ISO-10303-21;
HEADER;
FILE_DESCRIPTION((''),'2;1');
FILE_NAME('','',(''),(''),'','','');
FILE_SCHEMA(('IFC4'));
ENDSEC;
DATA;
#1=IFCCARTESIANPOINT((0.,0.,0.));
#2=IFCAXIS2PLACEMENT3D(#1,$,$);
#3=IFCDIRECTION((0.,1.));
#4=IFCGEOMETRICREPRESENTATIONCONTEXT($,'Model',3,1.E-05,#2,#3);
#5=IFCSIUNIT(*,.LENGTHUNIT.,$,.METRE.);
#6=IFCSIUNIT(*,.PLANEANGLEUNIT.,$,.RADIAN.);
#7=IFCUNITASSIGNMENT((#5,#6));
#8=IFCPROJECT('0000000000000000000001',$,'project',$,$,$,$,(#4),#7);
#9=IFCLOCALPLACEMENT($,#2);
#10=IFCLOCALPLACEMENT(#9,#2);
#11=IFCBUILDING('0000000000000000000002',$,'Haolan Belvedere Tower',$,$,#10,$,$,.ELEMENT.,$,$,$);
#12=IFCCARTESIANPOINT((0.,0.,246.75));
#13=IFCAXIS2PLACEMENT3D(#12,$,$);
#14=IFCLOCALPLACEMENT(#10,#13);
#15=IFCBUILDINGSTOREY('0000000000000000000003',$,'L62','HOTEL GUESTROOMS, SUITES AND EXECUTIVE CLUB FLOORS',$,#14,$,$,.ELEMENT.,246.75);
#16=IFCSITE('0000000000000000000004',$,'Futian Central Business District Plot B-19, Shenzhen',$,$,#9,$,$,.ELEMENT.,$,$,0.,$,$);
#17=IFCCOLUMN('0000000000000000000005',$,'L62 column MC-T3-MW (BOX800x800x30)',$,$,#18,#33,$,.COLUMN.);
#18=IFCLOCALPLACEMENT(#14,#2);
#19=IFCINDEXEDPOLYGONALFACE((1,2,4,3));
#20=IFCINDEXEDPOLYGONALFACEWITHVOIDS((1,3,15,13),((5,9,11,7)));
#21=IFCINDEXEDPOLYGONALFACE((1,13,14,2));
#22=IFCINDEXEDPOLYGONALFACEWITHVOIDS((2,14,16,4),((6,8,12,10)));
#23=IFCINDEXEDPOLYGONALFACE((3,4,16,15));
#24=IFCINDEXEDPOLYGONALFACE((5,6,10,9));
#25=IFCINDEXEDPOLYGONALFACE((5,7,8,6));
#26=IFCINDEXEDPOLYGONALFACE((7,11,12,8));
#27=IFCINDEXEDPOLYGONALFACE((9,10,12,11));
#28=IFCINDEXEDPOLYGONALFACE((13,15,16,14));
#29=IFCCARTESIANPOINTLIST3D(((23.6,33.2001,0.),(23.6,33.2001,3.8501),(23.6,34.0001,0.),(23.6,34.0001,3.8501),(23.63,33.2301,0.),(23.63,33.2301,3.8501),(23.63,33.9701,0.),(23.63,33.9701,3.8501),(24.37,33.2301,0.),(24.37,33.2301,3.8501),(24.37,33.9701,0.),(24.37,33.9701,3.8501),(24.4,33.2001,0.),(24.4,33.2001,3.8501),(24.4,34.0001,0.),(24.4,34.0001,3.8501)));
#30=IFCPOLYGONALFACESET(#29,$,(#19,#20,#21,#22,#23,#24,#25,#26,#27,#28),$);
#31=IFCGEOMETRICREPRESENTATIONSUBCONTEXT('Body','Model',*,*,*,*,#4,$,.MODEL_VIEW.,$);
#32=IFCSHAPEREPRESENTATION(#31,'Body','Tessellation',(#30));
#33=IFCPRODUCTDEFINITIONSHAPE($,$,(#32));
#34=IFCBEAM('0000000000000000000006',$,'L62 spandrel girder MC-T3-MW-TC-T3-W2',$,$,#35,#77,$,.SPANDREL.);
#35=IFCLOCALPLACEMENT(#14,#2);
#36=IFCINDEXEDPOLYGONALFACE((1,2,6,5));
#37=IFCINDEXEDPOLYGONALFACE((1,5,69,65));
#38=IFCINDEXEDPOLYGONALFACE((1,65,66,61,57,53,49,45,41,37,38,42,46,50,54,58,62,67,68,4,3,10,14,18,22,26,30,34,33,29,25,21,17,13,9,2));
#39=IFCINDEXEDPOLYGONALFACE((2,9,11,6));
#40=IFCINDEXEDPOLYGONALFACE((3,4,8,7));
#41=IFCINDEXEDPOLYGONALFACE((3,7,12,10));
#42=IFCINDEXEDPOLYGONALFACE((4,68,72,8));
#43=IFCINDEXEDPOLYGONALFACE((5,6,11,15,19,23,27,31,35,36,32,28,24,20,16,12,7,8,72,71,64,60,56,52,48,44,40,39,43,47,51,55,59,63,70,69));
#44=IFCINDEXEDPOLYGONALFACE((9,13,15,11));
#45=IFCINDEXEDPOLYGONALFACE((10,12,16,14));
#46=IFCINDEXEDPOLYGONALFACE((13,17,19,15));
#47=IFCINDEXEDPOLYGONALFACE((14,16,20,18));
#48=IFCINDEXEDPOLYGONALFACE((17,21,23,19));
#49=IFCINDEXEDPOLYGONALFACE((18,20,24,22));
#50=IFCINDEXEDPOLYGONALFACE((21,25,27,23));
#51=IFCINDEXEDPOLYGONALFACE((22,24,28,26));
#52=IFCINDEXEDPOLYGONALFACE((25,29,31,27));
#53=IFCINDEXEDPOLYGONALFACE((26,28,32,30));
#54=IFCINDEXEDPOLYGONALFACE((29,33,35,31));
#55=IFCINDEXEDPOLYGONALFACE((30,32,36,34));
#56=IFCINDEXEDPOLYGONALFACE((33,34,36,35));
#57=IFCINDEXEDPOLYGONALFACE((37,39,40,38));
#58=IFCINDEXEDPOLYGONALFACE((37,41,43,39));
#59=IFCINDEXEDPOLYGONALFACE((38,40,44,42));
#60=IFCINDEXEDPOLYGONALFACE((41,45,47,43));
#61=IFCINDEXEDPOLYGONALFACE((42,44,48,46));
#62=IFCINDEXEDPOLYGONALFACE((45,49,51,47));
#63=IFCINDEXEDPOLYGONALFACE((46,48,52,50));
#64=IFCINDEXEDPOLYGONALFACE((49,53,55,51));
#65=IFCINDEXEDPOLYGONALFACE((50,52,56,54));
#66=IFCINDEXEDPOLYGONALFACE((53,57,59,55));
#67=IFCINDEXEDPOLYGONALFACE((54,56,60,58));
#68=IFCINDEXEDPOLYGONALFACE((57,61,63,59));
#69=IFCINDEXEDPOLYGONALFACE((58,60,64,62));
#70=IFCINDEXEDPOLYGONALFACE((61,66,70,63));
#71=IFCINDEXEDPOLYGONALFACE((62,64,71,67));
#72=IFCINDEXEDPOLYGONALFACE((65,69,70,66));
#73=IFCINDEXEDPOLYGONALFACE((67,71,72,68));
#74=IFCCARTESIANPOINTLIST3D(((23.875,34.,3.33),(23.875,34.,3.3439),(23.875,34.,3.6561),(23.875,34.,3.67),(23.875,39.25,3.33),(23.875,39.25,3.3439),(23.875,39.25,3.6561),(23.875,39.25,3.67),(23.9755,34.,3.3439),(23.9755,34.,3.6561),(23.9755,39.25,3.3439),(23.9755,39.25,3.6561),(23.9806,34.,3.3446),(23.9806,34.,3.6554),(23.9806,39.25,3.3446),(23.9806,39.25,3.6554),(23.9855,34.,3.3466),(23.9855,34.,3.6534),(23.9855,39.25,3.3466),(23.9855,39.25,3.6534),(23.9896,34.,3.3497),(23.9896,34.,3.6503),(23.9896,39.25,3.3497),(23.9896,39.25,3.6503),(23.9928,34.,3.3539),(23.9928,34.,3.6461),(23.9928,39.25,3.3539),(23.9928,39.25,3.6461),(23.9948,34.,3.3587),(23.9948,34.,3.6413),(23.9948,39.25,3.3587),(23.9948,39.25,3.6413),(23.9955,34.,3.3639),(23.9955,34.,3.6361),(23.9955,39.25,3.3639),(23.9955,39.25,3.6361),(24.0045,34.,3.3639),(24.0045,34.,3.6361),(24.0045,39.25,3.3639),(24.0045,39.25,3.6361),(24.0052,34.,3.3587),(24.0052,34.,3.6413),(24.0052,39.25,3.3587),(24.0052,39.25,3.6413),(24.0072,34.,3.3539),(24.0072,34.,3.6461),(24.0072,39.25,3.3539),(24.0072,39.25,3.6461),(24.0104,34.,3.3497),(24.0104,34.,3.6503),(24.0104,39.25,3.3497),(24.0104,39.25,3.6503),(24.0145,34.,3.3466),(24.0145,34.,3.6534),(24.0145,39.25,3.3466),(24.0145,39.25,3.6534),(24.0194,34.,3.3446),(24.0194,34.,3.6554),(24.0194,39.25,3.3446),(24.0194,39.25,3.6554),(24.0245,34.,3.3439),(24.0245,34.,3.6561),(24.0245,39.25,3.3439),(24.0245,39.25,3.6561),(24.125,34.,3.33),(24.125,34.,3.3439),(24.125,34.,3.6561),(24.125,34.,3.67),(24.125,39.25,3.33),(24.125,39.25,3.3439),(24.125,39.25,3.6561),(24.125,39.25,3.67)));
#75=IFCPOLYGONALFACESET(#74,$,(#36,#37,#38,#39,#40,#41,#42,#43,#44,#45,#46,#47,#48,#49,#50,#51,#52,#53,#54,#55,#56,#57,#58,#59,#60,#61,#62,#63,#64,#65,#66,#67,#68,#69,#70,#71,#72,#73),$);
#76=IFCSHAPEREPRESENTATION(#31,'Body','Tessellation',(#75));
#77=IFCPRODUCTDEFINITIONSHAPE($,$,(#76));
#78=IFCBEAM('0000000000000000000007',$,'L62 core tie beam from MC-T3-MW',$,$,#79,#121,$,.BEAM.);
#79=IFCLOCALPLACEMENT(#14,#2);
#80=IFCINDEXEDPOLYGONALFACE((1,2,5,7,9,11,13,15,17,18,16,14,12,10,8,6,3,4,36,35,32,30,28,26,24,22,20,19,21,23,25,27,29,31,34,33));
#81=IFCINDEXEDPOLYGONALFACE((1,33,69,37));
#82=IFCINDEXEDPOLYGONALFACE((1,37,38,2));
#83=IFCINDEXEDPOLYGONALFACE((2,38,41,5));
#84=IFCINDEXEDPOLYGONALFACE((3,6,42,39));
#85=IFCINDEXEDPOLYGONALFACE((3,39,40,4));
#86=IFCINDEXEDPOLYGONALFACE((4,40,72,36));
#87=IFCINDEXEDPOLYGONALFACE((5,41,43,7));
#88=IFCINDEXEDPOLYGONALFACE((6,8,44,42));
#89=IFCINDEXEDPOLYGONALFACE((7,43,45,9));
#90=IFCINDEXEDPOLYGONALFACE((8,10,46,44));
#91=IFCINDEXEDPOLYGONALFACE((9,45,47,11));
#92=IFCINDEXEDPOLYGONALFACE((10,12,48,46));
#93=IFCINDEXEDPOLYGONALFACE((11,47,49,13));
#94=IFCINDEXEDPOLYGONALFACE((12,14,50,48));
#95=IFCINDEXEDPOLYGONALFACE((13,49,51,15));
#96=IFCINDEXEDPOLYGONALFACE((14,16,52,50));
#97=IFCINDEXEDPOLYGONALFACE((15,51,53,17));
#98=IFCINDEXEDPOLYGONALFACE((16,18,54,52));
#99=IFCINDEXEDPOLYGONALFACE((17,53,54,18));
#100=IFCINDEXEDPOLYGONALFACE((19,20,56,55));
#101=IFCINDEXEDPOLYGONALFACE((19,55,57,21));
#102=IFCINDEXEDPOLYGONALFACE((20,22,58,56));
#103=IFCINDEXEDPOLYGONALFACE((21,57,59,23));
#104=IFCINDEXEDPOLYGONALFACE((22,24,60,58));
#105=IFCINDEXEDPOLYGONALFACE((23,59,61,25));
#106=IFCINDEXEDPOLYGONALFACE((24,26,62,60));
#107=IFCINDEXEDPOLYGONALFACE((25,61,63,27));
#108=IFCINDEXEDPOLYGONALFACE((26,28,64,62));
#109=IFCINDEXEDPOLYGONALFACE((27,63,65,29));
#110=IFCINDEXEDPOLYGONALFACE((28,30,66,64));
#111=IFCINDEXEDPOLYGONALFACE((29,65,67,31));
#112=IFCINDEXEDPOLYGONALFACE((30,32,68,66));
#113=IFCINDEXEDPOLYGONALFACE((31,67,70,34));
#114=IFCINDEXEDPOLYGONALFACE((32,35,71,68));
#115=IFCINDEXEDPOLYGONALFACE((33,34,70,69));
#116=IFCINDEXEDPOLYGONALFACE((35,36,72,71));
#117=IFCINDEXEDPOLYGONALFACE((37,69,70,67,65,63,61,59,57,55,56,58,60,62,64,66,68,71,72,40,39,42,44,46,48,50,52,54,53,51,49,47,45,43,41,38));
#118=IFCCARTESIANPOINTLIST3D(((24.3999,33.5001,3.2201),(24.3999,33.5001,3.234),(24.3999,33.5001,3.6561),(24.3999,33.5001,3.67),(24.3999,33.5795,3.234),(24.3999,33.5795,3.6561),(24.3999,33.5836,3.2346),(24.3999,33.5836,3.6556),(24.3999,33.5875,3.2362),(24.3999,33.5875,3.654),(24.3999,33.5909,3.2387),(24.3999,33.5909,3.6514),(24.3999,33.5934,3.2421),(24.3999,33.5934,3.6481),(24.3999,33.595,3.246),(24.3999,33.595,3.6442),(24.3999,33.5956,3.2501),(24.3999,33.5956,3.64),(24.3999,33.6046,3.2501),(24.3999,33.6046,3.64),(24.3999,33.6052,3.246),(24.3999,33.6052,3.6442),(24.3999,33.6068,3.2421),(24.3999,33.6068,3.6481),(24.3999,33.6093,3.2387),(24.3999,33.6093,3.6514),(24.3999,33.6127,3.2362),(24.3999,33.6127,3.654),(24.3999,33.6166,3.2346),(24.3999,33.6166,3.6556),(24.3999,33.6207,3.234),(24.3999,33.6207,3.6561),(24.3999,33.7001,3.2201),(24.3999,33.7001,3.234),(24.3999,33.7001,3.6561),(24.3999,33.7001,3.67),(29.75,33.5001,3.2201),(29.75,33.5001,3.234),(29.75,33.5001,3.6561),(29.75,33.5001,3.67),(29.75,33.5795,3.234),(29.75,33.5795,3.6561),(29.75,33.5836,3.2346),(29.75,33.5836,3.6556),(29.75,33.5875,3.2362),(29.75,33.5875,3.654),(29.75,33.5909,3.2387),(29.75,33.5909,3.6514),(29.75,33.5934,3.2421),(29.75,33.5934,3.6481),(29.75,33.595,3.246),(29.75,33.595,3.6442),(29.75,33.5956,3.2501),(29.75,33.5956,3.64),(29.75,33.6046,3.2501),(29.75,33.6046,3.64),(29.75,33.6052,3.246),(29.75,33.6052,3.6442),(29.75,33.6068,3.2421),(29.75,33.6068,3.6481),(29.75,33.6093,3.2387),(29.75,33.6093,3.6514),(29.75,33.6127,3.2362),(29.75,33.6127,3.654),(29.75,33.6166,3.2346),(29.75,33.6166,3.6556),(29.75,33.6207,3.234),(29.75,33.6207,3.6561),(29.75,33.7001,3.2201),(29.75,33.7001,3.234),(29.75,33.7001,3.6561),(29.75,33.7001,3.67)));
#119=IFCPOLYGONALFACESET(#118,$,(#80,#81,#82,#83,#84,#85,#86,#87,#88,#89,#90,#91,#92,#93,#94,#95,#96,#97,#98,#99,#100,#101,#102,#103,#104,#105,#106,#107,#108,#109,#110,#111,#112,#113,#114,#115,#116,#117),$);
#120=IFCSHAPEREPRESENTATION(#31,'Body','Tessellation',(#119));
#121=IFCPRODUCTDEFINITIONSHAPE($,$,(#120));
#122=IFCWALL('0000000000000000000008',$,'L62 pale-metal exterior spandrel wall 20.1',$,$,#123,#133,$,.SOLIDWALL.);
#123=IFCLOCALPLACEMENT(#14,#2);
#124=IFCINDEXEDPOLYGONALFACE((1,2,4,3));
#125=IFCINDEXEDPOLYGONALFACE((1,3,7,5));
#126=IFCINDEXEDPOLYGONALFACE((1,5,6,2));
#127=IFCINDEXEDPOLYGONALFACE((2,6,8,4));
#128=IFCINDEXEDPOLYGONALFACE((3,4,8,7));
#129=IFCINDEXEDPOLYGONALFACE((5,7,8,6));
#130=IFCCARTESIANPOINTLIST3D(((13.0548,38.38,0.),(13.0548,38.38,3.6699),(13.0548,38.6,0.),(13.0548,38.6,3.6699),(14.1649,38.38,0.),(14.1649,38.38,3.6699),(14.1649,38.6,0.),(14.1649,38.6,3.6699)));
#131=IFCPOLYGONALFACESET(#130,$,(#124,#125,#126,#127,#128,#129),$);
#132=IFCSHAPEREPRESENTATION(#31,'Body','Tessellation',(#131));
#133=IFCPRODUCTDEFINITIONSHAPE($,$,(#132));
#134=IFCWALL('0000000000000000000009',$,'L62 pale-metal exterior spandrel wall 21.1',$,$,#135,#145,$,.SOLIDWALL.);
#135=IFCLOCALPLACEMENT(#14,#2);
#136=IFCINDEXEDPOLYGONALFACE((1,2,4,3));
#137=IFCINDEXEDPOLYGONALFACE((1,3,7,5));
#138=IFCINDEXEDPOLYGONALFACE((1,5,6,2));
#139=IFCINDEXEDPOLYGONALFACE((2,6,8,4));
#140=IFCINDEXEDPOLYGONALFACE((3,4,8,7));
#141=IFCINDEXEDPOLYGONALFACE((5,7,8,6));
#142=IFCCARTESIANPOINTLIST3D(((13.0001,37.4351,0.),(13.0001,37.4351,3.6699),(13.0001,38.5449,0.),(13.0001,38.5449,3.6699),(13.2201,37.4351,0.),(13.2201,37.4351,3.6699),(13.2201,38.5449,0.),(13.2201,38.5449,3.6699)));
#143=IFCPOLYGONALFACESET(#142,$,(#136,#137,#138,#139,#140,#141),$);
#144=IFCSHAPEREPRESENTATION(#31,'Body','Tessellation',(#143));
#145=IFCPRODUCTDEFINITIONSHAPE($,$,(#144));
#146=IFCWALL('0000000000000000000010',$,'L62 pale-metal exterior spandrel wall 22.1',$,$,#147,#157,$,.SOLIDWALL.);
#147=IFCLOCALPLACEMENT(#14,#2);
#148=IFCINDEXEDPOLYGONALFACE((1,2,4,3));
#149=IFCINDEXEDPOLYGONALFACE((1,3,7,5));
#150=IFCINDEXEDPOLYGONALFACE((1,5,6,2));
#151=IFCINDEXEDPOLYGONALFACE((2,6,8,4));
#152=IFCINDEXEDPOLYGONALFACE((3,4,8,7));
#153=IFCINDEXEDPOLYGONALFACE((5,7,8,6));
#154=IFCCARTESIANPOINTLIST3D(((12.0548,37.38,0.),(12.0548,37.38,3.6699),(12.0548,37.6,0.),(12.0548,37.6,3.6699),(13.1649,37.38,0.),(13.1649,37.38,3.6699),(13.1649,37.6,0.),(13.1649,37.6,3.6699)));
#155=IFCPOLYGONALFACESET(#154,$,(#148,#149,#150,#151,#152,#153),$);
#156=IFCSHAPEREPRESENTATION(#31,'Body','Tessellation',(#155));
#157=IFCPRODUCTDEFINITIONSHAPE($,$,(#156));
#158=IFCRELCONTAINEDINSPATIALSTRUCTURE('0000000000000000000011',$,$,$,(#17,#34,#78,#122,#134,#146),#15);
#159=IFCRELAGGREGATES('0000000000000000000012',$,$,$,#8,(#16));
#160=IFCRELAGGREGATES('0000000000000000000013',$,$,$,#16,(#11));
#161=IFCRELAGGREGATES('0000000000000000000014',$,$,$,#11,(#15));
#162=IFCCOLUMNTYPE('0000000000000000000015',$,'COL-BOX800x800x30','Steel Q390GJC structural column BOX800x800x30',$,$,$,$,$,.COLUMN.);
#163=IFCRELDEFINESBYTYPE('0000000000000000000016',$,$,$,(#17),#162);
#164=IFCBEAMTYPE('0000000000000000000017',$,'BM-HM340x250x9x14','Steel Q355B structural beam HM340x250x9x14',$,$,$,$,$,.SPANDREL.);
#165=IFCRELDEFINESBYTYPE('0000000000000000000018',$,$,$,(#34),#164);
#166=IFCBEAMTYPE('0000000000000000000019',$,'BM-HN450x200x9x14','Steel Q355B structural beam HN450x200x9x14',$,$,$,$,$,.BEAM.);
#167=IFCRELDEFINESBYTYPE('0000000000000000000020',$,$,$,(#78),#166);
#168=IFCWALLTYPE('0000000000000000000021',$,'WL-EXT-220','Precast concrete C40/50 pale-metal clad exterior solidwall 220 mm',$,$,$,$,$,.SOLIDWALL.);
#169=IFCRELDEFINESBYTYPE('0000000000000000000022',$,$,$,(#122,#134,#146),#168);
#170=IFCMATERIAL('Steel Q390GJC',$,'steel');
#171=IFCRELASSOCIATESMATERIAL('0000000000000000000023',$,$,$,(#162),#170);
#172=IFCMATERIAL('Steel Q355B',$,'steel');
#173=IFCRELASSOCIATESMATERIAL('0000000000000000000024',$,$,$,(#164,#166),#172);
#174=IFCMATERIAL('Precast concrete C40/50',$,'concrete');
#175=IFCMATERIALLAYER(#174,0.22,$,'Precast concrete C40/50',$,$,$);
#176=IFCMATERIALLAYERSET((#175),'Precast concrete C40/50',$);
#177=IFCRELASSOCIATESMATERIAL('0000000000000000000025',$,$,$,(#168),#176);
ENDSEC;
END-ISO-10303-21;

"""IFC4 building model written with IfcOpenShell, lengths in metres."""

from ifc_helpers import new_model, si_unit, direction, frame, frame_2d, origin, origin_2d, place, context, subcontext, project, spatial, rectangle, hollow_rectangle, i_section, extrude, material, layer, layer_set, material_profile, profile_set, type_object, element, save


model = new_model("IFC4")

# Units and contexts
model_context = context("Model", 3, precision=1e-05, world=origin(), true_north=direction((0.0, 1.0)))
body_context = subcontext(model_context, "Body", "Model", "MODEL_VIEW")
ifc_project = project(units=[si_unit("LENGTHUNIT", "METRE"), si_unit("PLANEANGLEUNIT", "RADIAN")], contexts=[model_context])

# Site, building, storey
site_placement = place(None, origin())
site = spatial("IfcSite", under=ifc_project, at=site_placement, Name="Futian Central Business District Plot B-19, Shenzhen", CompositionType="ELEMENT", RefElevation=0.0)
building_placement = place(site_placement, origin())
building = spatial("IfcBuilding", under=site, at=building_placement, Name="Haolan Belvedere Tower", CompositionType="ELEMENT")
storey_placement = place(building_placement, frame((0.0, 0.0, 246.75)))
storey = spatial("IfcBuildingStorey", under=building, at=storey_placement, Name="L62", Description="HOTEL GUESTROOMS, SUITES AND EXECUTIVE CLUB FLOORS", CompositionType="ELEMENT", Elevation=246.75)

# Column
ifc_material_1 = material(Name="Steel Q390GJC", Category="steel")
ifc_material_profile_1 = material_profile(ifc_material_1, hollow_rectangle(XDim=0.8, YDim=0.8, WallThickness=0.03, at=origin_2d()), Name="Steel Q390GJC")
ifc_profile_set_1 = profile_set([ifc_material_profile_1], Name="Steel Q390GJC")
column_type = type_object("IfcColumnType", Name="COL-BOX800x800x30", Description="Steel Q390GJC structural column BOX800x800x30", PredefinedType="COLUMN", material=ifc_profile_set_1)
column_placement = place(storey_placement, frame((24.0, 33.6001, 0.0), z_axis=(0.0, 0.0, 1.0), x_axis=(1.0, 0.0, 0.0)))
element("IfcColumn", 1, at=column_placement, inside=storey, type_object=column_type, Name="L62 column MC-T3-MW (BOX800x800x30)", PredefinedType="COLUMN", context=body_context, shape_type="SweptSolid", body=[
    extrude(hollow_rectangle(XDim=0.8, YDim=0.8, WallThickness=0.03, at=origin_2d()), origin(), (0.0, 0.0, 1.0), 3.8501),
])

# Beams
ifc_material_2 = material(Name="Steel Q355B", Category="steel")
ifc_material_profile_2 = material_profile(ifc_material_2, i_section(OverallWidth=0.25, OverallDepth=0.3401, WebThickness=0.009, FlangeThickness=0.0139, FilletRadius=0.02, at=origin_2d()), Name="Steel Q355B")
ifc_profile_set_2 = profile_set([ifc_material_profile_2], Name="Steel Q355B")
beam_type_1 = type_object("IfcBeamType", Name="BM-HM340x250x9x14", Description="Steel Q355B structural beam HM340x250x9x14", PredefinedType="SPANDREL", material=ifc_profile_set_2)
beam_1_placement = place(storey_placement, frame((24.0, 34.0, 3.5), z_axis=(0.0, 1.0, 0.0), x_axis=(-1.0, 0.0, 0.0)))
element("IfcBeam", 2, at=beam_1_placement, inside=storey, type_object=beam_type_1, Name="L62 spandrel girder MC-T3-MW-TC-T3-W2", PredefinedType="SPANDREL", context=body_context, shape_type="SweptSolid", body=[
    extrude(i_section(OverallWidth=0.25, OverallDepth=0.3401, WebThickness=0.009, FlangeThickness=0.0139, FilletRadius=0.02, at=origin_2d()), origin(), (0.0, 0.0, 1.0), 5.25),
])
ifc_material_profile_3 = material_profile(ifc_material_2, i_section(OverallWidth=0.2, OverallDepth=0.45, WebThickness=0.009, FlangeThickness=0.0139, FilletRadius=0.0161, at=origin_2d()), Name="Steel Q355B")
ifc_profile_set_3 = profile_set([ifc_material_profile_3], Name="Steel Q355B")
beam_type_2 = type_object("IfcBeamType", Name="BM-HN450x200x9x14", Description="Steel Q355B structural beam HN450x200x9x14", PredefinedType="BEAM", material=ifc_profile_set_3)
beam_2_placement = place(storey_placement, frame((24.3999, 33.6001, 3.4451), z_axis=(1.0, 0.0, 0.0), x_axis=(0.0, 1.0, 0.0)))
element("IfcBeam", 3, at=beam_2_placement, inside=storey, type_object=beam_type_2, Name="L62 core tie beam from MC-T3-MW", PredefinedType="BEAM", context=body_context, shape_type="SweptSolid", body=[
    extrude(i_section(OverallWidth=0.2, OverallDepth=0.45, WebThickness=0.009, FlangeThickness=0.0139, FilletRadius=0.0161, at=origin_2d()), origin(), (0.0, 0.0, 1.0), 5.3501),
])

# Walls
ifc_material_3 = material(Name="Precast concrete C40/50", Category="concrete")
ifc_layer_1 = layer(ifc_material_3, 0.22, Name="Precast concrete C40/50")
ifc_layer_set_1 = layer_set([ifc_layer_1], Name="Precast concrete C40/50")
wall_type_1 = type_object("IfcWallType", Name="WL-EXT-220", Description="Precast concrete C40/50 pale-metal clad exterior solidwall 220 mm", PredefinedType="SOLIDWALL", material=ifc_layer_set_1)
wall_1_placement = place(storey_placement, frame((14.165, 38.49, 0.0), z_axis=(0.0, 0.0, 1.0), x_axis=(-1.0, 0.0, 0.0)))
element("IfcWall", 4, at=wall_1_placement, inside=storey, type_object=wall_type_1, Name="L62 pale-metal exterior spandrel wall 20.1", PredefinedType="SOLIDWALL", context=body_context, shape_type="SweptSolid", body=[
    extrude(rectangle(XDim=1.1101, YDim=0.22, at=frame_2d((0.5552, 0.0))), origin(), (0.0, 0.0, 1.0), 3.6699),
])
wall_2_placement = place(storey_placement, frame((13.1101, 38.5449, 0.0), z_axis=(0.0, 0.0, 1.0), x_axis=(0.0, -1.0, 0.0)))
element("IfcWall", 5, at=wall_2_placement, inside=storey, type_object=wall_type_1, Name="L62 pale-metal exterior spandrel wall 21.1", PredefinedType="SOLIDWALL", context=body_context, shape_type="SweptSolid", body=[
    extrude(rectangle(XDim=1.1099, YDim=0.22, at=frame_2d((0.5549, 0.0))), origin(), (0.0, 0.0, 1.0), 3.6699),
])
wall_3_placement = place(storey_placement, frame((13.165, 37.49, 0.0), z_axis=(0.0, 0.0, 1.0), x_axis=(-1.0, 0.0, 0.0)))
element("IfcWall", 6, at=wall_3_placement, inside=storey, type_object=wall_type_1, Name="L62 pale-metal exterior spandrel wall 22.1", PredefinedType="SOLIDWALL", context=body_context, shape_type="SweptSolid", body=[
    extrude(rectangle(XDim=1.1101, YDim=0.22, at=frame_2d((0.5552, 0.0))), origin(), (0.0, 0.0, 1.0), 3.6699),
])

save(model, "model.ifc")
